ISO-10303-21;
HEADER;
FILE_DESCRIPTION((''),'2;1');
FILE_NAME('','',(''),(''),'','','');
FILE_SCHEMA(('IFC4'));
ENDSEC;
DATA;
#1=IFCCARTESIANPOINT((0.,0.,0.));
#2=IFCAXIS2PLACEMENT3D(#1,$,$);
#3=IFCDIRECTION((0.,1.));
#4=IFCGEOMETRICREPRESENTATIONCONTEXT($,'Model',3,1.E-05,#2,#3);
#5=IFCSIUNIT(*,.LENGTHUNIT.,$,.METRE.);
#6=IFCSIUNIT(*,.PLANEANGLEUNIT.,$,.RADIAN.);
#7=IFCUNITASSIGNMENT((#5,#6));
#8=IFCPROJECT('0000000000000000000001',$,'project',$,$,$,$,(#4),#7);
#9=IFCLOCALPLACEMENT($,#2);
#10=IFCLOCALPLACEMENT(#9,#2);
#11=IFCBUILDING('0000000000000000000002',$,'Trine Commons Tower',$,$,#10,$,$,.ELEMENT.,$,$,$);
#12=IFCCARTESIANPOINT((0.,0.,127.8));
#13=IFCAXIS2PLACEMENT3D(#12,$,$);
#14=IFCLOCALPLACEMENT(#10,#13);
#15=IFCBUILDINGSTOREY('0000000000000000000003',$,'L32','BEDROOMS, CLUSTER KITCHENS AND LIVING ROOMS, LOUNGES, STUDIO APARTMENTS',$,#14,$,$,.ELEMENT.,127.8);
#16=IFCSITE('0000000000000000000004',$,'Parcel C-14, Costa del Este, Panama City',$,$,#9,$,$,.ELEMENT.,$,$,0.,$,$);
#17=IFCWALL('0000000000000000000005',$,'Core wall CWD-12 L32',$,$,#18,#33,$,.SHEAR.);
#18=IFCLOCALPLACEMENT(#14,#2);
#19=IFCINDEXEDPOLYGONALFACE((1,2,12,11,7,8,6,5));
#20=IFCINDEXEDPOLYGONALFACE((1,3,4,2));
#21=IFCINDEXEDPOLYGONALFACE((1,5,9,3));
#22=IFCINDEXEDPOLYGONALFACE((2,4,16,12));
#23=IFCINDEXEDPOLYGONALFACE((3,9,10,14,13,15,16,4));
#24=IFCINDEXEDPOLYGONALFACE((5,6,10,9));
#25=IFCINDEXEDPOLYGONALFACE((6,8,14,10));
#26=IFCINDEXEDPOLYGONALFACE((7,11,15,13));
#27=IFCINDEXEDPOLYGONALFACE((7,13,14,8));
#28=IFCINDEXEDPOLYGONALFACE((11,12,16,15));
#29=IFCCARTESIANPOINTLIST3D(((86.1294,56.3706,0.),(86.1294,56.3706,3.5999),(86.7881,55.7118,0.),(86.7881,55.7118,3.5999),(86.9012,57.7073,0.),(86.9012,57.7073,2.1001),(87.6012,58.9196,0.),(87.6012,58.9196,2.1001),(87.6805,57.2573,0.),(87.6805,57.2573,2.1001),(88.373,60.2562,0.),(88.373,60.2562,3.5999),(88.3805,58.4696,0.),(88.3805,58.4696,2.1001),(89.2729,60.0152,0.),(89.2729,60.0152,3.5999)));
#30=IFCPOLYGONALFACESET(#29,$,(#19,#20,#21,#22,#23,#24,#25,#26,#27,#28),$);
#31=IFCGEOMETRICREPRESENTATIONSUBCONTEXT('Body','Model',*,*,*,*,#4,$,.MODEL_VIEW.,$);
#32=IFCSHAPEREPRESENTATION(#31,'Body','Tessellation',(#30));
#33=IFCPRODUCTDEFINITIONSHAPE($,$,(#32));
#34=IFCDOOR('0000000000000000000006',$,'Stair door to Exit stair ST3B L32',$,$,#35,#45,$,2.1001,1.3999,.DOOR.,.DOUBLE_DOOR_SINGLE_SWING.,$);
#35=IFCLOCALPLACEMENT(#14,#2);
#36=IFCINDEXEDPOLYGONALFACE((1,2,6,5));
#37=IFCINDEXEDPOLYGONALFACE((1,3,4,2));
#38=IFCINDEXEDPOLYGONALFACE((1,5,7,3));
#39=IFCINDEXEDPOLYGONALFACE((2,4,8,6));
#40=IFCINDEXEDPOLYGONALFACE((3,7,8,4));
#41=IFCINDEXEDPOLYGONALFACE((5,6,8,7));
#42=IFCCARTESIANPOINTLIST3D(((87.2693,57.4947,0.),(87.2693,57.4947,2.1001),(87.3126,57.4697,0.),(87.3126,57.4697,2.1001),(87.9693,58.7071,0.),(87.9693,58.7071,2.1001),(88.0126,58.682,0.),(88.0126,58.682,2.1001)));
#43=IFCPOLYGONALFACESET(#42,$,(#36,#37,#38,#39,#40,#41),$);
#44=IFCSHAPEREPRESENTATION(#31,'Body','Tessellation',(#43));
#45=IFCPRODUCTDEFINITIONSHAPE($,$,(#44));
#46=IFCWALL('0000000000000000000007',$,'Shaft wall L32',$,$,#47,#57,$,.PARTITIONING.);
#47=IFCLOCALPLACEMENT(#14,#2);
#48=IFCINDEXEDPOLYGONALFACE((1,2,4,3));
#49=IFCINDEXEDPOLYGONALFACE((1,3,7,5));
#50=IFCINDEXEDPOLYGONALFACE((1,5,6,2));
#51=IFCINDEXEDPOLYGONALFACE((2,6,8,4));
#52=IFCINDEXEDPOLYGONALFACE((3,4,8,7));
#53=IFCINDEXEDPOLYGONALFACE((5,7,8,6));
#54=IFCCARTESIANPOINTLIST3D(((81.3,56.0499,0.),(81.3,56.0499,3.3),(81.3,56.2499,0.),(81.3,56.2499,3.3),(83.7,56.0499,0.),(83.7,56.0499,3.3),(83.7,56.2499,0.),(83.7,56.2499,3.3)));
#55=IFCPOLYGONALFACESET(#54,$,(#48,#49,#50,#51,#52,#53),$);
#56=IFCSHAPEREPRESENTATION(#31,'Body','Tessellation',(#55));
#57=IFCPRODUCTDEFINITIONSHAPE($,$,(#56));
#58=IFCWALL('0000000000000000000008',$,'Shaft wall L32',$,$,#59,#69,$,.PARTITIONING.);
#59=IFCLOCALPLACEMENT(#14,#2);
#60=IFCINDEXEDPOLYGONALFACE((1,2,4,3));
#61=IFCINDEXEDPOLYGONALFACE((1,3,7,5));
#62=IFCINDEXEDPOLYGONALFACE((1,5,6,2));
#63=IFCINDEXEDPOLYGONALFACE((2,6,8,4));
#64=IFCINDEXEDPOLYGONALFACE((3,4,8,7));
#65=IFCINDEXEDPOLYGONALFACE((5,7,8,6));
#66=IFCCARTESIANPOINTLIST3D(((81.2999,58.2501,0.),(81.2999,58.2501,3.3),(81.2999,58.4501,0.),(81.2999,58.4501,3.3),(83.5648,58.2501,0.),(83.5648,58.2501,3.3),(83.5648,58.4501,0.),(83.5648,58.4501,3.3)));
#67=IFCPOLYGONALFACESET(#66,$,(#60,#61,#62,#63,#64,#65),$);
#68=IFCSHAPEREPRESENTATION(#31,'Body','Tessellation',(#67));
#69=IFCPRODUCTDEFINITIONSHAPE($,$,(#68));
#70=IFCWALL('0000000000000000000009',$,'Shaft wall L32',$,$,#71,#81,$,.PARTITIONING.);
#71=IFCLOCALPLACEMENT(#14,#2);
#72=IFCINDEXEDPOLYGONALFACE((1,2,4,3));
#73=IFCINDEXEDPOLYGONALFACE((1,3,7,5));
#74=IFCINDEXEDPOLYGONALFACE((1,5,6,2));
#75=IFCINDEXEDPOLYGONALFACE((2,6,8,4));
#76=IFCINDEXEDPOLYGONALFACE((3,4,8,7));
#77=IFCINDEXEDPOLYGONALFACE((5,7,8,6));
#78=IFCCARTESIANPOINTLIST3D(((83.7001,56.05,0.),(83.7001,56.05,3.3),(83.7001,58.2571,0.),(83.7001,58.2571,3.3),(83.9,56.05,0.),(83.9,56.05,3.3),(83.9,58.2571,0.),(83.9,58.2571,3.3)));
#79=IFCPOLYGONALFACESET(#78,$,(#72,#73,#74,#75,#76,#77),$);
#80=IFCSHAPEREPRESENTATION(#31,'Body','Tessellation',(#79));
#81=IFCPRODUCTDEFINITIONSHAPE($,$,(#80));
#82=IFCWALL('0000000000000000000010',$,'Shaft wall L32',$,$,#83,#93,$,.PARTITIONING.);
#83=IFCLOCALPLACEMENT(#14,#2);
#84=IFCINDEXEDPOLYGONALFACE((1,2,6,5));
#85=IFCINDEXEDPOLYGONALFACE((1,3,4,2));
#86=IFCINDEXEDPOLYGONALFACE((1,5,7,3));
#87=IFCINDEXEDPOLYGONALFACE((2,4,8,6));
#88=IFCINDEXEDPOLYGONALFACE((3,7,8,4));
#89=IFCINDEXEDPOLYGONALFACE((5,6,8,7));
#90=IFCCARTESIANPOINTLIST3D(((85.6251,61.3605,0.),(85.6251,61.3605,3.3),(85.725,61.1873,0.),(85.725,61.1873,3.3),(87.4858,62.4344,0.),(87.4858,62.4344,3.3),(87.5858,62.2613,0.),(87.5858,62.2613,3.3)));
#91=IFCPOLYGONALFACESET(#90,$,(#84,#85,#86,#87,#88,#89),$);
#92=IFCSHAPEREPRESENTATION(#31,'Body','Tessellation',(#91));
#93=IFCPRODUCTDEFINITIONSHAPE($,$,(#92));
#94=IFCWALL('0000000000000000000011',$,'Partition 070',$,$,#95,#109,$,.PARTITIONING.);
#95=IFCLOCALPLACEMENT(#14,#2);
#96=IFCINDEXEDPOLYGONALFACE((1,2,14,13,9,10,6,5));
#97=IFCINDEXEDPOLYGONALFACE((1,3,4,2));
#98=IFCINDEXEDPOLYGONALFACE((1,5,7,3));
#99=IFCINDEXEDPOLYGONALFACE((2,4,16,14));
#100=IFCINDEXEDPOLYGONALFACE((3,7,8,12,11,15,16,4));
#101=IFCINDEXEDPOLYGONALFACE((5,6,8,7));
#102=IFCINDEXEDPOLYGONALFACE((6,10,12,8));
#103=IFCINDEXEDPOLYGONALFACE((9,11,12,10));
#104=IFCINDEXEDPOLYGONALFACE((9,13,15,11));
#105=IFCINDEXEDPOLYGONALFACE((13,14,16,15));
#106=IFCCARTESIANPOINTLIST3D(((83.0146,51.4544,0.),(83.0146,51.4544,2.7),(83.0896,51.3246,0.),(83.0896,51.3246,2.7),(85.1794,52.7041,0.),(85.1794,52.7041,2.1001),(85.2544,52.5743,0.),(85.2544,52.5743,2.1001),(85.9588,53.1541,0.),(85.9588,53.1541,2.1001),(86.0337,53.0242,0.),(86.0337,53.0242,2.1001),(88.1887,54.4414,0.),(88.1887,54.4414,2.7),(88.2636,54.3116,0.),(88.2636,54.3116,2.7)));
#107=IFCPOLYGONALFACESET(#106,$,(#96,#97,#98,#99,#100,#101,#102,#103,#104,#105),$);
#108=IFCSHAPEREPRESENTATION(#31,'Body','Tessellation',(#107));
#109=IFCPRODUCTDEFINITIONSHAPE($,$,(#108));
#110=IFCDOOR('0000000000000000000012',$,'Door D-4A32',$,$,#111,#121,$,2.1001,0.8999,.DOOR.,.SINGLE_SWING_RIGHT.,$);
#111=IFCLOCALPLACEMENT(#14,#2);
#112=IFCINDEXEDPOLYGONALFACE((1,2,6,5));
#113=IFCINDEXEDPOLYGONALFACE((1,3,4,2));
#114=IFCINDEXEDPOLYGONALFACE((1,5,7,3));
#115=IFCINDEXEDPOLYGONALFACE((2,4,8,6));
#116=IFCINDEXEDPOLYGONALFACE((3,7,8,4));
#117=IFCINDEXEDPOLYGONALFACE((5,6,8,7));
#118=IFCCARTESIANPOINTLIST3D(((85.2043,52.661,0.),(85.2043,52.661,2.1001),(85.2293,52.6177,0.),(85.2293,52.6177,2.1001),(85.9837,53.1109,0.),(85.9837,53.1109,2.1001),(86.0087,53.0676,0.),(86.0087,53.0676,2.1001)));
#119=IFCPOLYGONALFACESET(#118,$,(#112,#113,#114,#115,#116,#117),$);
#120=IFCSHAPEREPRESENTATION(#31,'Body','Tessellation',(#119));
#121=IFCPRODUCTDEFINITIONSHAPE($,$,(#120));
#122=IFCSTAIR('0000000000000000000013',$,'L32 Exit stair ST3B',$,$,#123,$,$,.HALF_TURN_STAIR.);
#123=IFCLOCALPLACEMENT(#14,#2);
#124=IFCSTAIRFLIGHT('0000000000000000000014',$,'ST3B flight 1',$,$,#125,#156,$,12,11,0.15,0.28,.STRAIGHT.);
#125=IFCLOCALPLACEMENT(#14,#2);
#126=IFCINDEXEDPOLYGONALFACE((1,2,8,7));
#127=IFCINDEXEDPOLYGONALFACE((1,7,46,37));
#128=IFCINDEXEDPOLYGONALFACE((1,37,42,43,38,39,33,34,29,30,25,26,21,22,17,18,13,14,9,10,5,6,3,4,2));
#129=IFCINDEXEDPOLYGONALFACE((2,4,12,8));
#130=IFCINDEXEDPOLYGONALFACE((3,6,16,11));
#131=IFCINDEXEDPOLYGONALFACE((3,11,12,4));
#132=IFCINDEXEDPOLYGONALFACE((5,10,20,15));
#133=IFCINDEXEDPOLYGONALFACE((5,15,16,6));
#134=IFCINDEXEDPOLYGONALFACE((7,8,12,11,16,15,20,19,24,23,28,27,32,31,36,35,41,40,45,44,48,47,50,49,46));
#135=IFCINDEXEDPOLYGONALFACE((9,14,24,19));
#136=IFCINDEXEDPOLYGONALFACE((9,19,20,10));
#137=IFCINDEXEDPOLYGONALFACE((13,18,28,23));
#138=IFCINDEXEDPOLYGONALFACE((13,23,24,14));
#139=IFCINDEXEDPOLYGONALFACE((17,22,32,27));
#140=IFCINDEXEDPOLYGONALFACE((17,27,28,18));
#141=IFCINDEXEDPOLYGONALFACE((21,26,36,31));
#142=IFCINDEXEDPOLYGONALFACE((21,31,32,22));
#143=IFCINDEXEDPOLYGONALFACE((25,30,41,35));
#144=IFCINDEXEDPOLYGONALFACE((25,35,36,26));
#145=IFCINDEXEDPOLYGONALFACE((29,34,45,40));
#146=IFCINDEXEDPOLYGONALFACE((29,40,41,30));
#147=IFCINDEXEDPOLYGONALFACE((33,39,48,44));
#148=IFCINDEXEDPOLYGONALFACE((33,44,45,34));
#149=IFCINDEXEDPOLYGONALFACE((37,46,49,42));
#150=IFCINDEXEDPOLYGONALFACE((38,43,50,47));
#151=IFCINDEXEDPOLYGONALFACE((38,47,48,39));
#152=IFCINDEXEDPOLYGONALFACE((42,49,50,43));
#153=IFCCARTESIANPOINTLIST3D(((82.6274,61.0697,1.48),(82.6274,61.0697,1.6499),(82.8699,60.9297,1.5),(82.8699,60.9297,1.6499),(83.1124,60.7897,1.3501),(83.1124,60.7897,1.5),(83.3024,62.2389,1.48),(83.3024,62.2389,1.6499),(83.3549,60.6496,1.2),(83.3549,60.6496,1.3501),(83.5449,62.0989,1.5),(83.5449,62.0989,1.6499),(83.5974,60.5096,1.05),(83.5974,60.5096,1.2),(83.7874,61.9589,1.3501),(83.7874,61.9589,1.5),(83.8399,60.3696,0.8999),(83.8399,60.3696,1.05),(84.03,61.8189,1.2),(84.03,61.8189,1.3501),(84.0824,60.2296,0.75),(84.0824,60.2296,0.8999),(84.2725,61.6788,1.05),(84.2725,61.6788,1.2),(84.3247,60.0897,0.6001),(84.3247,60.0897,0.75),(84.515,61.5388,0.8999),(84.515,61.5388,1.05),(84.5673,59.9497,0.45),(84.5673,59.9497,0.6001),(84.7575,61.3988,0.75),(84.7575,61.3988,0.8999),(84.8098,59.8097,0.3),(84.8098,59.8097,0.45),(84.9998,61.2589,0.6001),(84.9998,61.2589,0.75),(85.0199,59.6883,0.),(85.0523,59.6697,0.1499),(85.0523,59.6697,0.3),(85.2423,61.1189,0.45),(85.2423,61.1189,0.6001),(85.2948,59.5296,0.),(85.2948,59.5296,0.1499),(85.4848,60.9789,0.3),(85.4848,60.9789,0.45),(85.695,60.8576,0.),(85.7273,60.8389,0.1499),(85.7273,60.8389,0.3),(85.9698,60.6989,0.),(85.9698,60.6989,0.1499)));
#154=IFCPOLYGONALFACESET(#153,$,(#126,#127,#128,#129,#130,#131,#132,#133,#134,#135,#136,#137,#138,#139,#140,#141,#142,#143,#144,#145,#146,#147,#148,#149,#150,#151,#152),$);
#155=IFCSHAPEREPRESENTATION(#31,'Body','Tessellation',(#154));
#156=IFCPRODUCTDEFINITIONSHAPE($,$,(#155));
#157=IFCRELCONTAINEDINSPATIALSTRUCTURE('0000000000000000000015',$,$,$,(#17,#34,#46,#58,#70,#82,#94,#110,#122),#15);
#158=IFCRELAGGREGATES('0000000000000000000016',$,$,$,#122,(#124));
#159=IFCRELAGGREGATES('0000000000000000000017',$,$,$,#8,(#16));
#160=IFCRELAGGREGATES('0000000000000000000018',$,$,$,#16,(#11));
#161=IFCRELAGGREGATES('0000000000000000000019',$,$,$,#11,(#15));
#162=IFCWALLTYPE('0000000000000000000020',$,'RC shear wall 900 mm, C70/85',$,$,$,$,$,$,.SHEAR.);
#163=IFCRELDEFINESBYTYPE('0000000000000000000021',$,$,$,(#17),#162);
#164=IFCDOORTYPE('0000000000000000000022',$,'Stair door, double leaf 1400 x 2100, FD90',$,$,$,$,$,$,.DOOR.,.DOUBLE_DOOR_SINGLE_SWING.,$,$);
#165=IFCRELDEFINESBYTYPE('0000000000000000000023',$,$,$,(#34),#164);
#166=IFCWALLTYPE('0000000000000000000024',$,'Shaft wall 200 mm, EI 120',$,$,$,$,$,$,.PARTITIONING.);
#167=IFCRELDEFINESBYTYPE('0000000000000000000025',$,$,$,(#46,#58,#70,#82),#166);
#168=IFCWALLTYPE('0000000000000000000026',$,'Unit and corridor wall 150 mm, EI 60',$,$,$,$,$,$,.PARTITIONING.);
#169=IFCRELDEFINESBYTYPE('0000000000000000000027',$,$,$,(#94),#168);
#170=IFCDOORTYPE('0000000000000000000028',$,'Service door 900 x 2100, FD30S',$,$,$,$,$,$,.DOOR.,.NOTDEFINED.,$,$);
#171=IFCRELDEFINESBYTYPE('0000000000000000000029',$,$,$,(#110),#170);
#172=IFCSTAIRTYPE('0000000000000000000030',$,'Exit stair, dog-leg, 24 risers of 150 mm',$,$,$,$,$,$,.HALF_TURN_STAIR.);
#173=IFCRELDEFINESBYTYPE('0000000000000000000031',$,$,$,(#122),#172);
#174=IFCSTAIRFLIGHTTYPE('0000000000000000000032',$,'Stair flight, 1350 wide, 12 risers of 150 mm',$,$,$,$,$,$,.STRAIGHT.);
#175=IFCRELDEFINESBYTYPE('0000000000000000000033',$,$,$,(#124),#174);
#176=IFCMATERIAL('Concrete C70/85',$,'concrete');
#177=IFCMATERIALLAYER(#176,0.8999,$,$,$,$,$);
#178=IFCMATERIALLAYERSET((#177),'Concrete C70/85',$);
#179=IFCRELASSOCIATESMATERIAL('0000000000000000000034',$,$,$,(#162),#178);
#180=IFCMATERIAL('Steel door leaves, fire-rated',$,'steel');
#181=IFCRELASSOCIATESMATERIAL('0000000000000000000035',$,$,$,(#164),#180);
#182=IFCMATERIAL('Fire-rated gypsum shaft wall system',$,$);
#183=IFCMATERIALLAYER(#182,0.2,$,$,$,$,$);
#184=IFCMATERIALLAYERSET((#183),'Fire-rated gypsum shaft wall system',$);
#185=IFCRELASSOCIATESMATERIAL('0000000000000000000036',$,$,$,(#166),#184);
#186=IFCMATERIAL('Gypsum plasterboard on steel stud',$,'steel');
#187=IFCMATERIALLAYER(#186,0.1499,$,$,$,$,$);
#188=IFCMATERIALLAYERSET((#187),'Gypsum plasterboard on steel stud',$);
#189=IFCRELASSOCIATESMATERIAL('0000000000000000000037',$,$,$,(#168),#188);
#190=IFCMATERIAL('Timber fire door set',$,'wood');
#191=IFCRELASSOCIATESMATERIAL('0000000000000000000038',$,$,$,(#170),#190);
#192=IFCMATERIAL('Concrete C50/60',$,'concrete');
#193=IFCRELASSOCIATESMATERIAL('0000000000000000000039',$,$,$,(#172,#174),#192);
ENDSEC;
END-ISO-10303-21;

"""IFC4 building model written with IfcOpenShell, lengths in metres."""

from ifc_helpers import new_model, si_unit, direction, frame, frame_2d, origin, place, context, subcontext, project, spatial, polyline, rectangle, outline, extrude, material, layer, layer_set, type_object, element, fill, aggregate, save


model = new_model("IFC4")

# Units and contexts
model_context = context("Model", 3, precision=1e-05, world=origin(), true_north=direction((0.0, 1.0)))
body_context = subcontext(model_context, "Body", "Model", "MODEL_VIEW")
ifc_project = project(units=[si_unit("LENGTHUNIT", "METRE"), si_unit("PLANEANGLEUNIT", "RADIAN")], contexts=[model_context])

# Site, building, storey
site_placement = place(None, origin())
site = spatial("IfcSite", under=ifc_project, at=site_placement, Name="Parcel C-14, Costa del Este, Panama City", CompositionType="ELEMENT", RefElevation=0.0)
building_placement = place(site_placement, origin())
building = spatial("IfcBuilding", under=site, at=building_placement, Name="Trine Commons Tower", CompositionType="ELEMENT")
storey_placement = place(building_placement, frame((0.0, 0.0, 127.8)))
storey = spatial("IfcBuildingStorey", under=building, at=storey_placement, Name="L32", Description="BEDROOMS, CLUSTER KITCHENS AND LIVING ROOMS, LOUNGES, STUDIO APARTMENTS", CompositionType="ELEMENT", Elevation=127.8)

# Shared definitions
ifc_material_1 = material(Name="Concrete C50/60", Category="concrete")

# Shared definitions
ifc_material_2 = material(Name="Concrete C70/85", Category="concrete")

# Shared definitions
ifc_layer_1 = layer(ifc_material_2, 0.8999)
ifc_layer_set_1 = layer_set([ifc_layer_1], Name="Concrete C70/85")
wall_type_1 = type_object("IfcWallType", Name="RC shear wall 900 mm, C70/85", PredefinedType="SHEAR", material=ifc_layer_set_1)

# Wall, opening, door
wall_1_placement = place(storey_placement, frame((86.3984, 55.9368, 0.0), z_axis=(0.0, 0.0, 1.0), x_axis=(0.500039, 0.866003, 0.0)))
wall_1 = element("IfcWall", 1, at=wall_1_placement, inside=storey, type_object=wall_type_1, Name="Core wall CWD-12 L32", PredefinedType="SHEAR", context=body_context, shape_type="SweptSolid", body=[
    extrude(outline(polyline([(0.0, -0.45), (4.9692, -0.45), (4.728, 0.45), (0.2412, 0.45), (0.0, -0.45)])), origin(), (0.0, 0.0, 1.0), 3.5999),
])
opening_1_placement = place(wall_1_placement, frame((1.7847, 0.0, 0.0)))
opening_1 = element("IfcOpeningElement", 2, at=opening_1_placement, cuts=wall_1, PredefinedType="OPENING", context=body_context, shape_type="SweptSolid", body=[
    extrude(rectangle(XDim=1.3999, YDim=2.1001, at=frame_2d((0.7, 1.05))), frame((0.0, 0.46, 0.0), z_axis=(0.0, -1.0, 0.0), x_axis=(1.0, 0.0, 0.0)), (0.0, 0.0, 1.0), 0.9199),
])
ifc_material_3 = material(Name="Steel door leaves, fire-rated", Category="steel")
door_type_1 = type_object("IfcDoorType", Name="Stair door, double leaf 1400 x 2100, FD90", OperationType="DOUBLE_DOOR_SINGLE_SWING", PredefinedType="DOOR", material=ifc_material_3)
door_1_placement = place(opening_1_placement, origin())
door_1 = element("IfcDoor", 3, at=door_1_placement, inside=storey, type_object=door_type_1, Name="Stair door to Exit stair ST3B L32", OperationType="DOUBLE_DOOR_SINGLE_SWING", OverallHeight=2.1001, OverallWidth=1.3999, PredefinedType="DOOR", context=body_context, shape_type="SweptSolid", body=[
    extrude(rectangle(XDim=1.3999, YDim=2.1001, at=frame_2d((0.7, 1.05))), frame((0.0, 0.0249, 0.0), z_axis=(0.0, -1.0, 0.0), x_axis=(1.0, 0.0, 0.0)), (0.0, 0.0, 1.0), 0.05),
])
fill(opening_1, door_1)

# Walls
ifc_material_4 = material(Name="Fire-rated gypsum shaft wall system")
ifc_layer_2 = layer(ifc_material_4, 0.2)
ifc_layer_set_2 = layer_set([ifc_layer_2], Name="Fire-rated gypsum shaft wall system")
wall_type_2 = type_object("IfcWallType", Name="Shaft wall 200 mm, EI 120", PredefinedType="PARTITIONING", material=ifc_layer_set_2)
wall_2_placement = place(storey_placement, frame((81.3, 56.1499, 0.0), z_axis=(0.0, 0.0, 1.0), x_axis=(1.0, 0.0, 0.0)))
element("IfcWall", 4, at=wall_2_placement, inside=storey, type_object=wall_type_2, Name="Shaft wall L32", PredefinedType="PARTITIONING", context=body_context, shape_type="SweptSolid", body=[
    extrude(rectangle(XDim=2.3999, YDim=0.2, at=frame_2d((1.2, 0.0))), origin(), (0.0, 0.0, 1.0), 3.3),
])
wall_3_placement = place(storey_placement, frame((81.3, 58.3501, 0.0), z_axis=(0.0, 0.0, 1.0), x_axis=(1.0, 0.0, 0.0)))
element("IfcWall", 5, at=wall_3_placement, inside=storey, type_object=wall_type_2, Name="Shaft wall L32", PredefinedType="PARTITIONING", context=body_context, shape_type="SweptSolid", body=[
    extrude(rectangle(XDim=2.2649, YDim=0.2, at=frame_2d((1.1323, 0.0))), origin(), (0.0, 0.0, 1.0), 3.3),
])
wall_4_placement = place(storey_placement, frame((83.8, 58.2571, 0.0), z_axis=(0.0, 0.0, 1.0), x_axis=(0.0, -1.0, 0.0)))
element("IfcWall", 6, at=wall_4_placement, inside=storey, type_object=wall_type_2, Name="Shaft wall L32", PredefinedType="PARTITIONING", context=body_context, shape_type="SweptSolid", body=[
    extrude(rectangle(XDim=2.207, YDim=0.2, at=frame_2d((1.1035, 0.0))), origin(), (0.0, 0.0, 1.0), 3.3),
])
wall_5_placement = place(storey_placement, frame((85.675, 61.2739, 0.0), z_axis=(0.0, 0.0, 1.0), x_axis=(0.866102, 0.499867, 0.0)))
element("IfcWall", 7, at=wall_5_placement, inside=storey, type_object=wall_type_2, Name="Shaft wall L32", PredefinedType="PARTITIONING", context=body_context, shape_type="SweptSolid", body=[
    extrude(rectangle(XDim=2.1484, YDim=0.2, at=frame_2d((1.0742, 0.0))), origin(), (0.0, 0.0, 1.0), 3.3),
])

# Wall, opening, door
ifc_material_5 = material(Name="Gypsum plasterboard on steel stud", Category="steel")
ifc_layer_3 = layer(ifc_material_5, 0.1499)
ifc_layer_set_3 = layer_set([ifc_layer_3], Name="Gypsum plasterboard on steel stud")
wall_type_3 = type_object("IfcWallType", Name="Unit and corridor wall 150 mm, EI 60", PredefinedType="PARTITIONING", material=ifc_layer_set_3)
wall_6_placement = place(storey_placement, frame((83.052, 51.3894, 0.0), z_axis=(0.0, 0.0, 1.0), x_axis=(0.866039, 0.499976, 0.0)))
wall_6 = element("IfcWall", 8, at=wall_6_placement, inside=storey, type_object=wall_type_3, Name="Partition 070", PredefinedType="PARTITIONING", context=body_context, shape_type="SweptSolid", body=[
    extrude(rectangle(XDim=5.9744, YDim=0.1499, at=frame_2d((2.9873, 0.0))), origin(), (0.0, 0.0, 1.0), 2.7),
])
opening_2_placement = place(wall_6_placement, frame((2.4998, 0.0, 0.0)))
opening_2 = element("IfcOpeningElement", 9, at=opening_2_placement, cuts=wall_6, PredefinedType="OPENING", context=body_context, shape_type="SweptSolid", body=[
    extrude(rectangle(XDim=0.8999, YDim=2.1001, at=frame_2d((0.45, 1.05))), frame((0.0, 0.085, 0.0), z_axis=(0.0, -1.0, 0.0), x_axis=(1.0, 0.0, 0.0)), (0.0, 0.0, 1.0), 0.1699),
])
ifc_material_6 = material(Name="Timber fire door set", Category="wood")
door_type_2 = type_object("IfcDoorType", Name="Service door 900 x 2100, FD30S", OperationType="NOTDEFINED", PredefinedType="DOOR", material=ifc_material_6)
door_2_placement = place(opening_2_placement, frame((0.8999, 0.0, 0.0), z_axis=(0.0, 0.0, 1.0), x_axis=(-1.0, 0.0, 0.0)))
door_2 = element("IfcDoor", 10, at=door_2_placement, inside=storey, type_object=door_type_2, Name="Door D-4A32", OperationType="SINGLE_SWING_RIGHT", OverallHeight=2.1001, OverallWidth=0.8999, PredefinedType="DOOR", context=body_context, shape_type="SweptSolid", body=[
    extrude(rectangle(XDim=0.8999, YDim=2.1001, at=frame_2d((0.45, 1.05))), frame((0.0, 0.0249, 0.0), z_axis=(0.0, -1.0, 0.0), x_axis=(1.0, 0.0, 0.0)), (0.0, 0.0, 1.0), 0.05),
])
fill(opening_2, door_2)

# Stair, stair flight
stair_type = type_object("IfcStairType", Name="Exit stair, dog-leg, 24 risers of 150 mm", PredefinedType="HALF_TURN_STAIR", material=ifc_material_1)
stair_placement = place(storey_placement, origin())
stair = element("IfcStair", 11, at=stair_placement, inside=storey, type_object=stair_type, Name="L32 Exit stair ST3B", PredefinedType="HALF_TURN_STAIR")
stair_flight_type = type_object("IfcStairFlightType", Name="Stair flight, 1350 wide, 12 risers of 150 mm", PredefinedType="STRAIGHT", material=ifc_material_1)
stair_flight_1_placement = place(storey_placement, frame((85.6323, 60.1143, 0.0), z_axis=(0.0, 0.0, 1.0), x_axis=(-0.866025, 0.5, 0.0)))
stair_flight_1 = element("IfcStairFlight", 12, at=stair_flight_1_placement, type_object=stair_flight_type, Name="ST3B flight 1", NumberOfRisers=12, NumberOfTreads=11, PredefinedType="STRAIGHT", RiserHeight=0.15, TreadLength=0.28, context=body_context, shape_type="SweptSolid", body=[
    extrude(outline(polyline([(0.0, 0.0), (0.0, 0.1499), (0.28, 0.1499), (0.28, 0.3), (0.5601, 0.3), (0.5601, 0.45), (0.8401, 0.45), (0.8401, 0.6001), (1.1201, 0.6001), (1.1201, 0.75), (1.3999, 0.75), (1.3999, 0.8999), (1.6799, 0.8999), (1.6799, 1.05), (1.96, 1.05), (1.96, 1.2), (2.24, 1.2), (2.24, 1.3501), (2.52, 1.3501), (2.52, 1.5), (2.8, 1.5), (2.8, 1.6499), (3.0801, 1.6499), (3.0801, 1.8), (3.0801, 1.48), (0.3174, 0.0), (0.0, 0.0)])), frame((0.0, 0.675, 0.0), z_axis=(0.0, -1.0, 0.0), x_axis=(1.0, 0.0, 0.0)), (0.0, 0.0, 1.0), 1.3501),
])
aggregate(stair, [stair_flight_1])

save(model, "model.ifc")
